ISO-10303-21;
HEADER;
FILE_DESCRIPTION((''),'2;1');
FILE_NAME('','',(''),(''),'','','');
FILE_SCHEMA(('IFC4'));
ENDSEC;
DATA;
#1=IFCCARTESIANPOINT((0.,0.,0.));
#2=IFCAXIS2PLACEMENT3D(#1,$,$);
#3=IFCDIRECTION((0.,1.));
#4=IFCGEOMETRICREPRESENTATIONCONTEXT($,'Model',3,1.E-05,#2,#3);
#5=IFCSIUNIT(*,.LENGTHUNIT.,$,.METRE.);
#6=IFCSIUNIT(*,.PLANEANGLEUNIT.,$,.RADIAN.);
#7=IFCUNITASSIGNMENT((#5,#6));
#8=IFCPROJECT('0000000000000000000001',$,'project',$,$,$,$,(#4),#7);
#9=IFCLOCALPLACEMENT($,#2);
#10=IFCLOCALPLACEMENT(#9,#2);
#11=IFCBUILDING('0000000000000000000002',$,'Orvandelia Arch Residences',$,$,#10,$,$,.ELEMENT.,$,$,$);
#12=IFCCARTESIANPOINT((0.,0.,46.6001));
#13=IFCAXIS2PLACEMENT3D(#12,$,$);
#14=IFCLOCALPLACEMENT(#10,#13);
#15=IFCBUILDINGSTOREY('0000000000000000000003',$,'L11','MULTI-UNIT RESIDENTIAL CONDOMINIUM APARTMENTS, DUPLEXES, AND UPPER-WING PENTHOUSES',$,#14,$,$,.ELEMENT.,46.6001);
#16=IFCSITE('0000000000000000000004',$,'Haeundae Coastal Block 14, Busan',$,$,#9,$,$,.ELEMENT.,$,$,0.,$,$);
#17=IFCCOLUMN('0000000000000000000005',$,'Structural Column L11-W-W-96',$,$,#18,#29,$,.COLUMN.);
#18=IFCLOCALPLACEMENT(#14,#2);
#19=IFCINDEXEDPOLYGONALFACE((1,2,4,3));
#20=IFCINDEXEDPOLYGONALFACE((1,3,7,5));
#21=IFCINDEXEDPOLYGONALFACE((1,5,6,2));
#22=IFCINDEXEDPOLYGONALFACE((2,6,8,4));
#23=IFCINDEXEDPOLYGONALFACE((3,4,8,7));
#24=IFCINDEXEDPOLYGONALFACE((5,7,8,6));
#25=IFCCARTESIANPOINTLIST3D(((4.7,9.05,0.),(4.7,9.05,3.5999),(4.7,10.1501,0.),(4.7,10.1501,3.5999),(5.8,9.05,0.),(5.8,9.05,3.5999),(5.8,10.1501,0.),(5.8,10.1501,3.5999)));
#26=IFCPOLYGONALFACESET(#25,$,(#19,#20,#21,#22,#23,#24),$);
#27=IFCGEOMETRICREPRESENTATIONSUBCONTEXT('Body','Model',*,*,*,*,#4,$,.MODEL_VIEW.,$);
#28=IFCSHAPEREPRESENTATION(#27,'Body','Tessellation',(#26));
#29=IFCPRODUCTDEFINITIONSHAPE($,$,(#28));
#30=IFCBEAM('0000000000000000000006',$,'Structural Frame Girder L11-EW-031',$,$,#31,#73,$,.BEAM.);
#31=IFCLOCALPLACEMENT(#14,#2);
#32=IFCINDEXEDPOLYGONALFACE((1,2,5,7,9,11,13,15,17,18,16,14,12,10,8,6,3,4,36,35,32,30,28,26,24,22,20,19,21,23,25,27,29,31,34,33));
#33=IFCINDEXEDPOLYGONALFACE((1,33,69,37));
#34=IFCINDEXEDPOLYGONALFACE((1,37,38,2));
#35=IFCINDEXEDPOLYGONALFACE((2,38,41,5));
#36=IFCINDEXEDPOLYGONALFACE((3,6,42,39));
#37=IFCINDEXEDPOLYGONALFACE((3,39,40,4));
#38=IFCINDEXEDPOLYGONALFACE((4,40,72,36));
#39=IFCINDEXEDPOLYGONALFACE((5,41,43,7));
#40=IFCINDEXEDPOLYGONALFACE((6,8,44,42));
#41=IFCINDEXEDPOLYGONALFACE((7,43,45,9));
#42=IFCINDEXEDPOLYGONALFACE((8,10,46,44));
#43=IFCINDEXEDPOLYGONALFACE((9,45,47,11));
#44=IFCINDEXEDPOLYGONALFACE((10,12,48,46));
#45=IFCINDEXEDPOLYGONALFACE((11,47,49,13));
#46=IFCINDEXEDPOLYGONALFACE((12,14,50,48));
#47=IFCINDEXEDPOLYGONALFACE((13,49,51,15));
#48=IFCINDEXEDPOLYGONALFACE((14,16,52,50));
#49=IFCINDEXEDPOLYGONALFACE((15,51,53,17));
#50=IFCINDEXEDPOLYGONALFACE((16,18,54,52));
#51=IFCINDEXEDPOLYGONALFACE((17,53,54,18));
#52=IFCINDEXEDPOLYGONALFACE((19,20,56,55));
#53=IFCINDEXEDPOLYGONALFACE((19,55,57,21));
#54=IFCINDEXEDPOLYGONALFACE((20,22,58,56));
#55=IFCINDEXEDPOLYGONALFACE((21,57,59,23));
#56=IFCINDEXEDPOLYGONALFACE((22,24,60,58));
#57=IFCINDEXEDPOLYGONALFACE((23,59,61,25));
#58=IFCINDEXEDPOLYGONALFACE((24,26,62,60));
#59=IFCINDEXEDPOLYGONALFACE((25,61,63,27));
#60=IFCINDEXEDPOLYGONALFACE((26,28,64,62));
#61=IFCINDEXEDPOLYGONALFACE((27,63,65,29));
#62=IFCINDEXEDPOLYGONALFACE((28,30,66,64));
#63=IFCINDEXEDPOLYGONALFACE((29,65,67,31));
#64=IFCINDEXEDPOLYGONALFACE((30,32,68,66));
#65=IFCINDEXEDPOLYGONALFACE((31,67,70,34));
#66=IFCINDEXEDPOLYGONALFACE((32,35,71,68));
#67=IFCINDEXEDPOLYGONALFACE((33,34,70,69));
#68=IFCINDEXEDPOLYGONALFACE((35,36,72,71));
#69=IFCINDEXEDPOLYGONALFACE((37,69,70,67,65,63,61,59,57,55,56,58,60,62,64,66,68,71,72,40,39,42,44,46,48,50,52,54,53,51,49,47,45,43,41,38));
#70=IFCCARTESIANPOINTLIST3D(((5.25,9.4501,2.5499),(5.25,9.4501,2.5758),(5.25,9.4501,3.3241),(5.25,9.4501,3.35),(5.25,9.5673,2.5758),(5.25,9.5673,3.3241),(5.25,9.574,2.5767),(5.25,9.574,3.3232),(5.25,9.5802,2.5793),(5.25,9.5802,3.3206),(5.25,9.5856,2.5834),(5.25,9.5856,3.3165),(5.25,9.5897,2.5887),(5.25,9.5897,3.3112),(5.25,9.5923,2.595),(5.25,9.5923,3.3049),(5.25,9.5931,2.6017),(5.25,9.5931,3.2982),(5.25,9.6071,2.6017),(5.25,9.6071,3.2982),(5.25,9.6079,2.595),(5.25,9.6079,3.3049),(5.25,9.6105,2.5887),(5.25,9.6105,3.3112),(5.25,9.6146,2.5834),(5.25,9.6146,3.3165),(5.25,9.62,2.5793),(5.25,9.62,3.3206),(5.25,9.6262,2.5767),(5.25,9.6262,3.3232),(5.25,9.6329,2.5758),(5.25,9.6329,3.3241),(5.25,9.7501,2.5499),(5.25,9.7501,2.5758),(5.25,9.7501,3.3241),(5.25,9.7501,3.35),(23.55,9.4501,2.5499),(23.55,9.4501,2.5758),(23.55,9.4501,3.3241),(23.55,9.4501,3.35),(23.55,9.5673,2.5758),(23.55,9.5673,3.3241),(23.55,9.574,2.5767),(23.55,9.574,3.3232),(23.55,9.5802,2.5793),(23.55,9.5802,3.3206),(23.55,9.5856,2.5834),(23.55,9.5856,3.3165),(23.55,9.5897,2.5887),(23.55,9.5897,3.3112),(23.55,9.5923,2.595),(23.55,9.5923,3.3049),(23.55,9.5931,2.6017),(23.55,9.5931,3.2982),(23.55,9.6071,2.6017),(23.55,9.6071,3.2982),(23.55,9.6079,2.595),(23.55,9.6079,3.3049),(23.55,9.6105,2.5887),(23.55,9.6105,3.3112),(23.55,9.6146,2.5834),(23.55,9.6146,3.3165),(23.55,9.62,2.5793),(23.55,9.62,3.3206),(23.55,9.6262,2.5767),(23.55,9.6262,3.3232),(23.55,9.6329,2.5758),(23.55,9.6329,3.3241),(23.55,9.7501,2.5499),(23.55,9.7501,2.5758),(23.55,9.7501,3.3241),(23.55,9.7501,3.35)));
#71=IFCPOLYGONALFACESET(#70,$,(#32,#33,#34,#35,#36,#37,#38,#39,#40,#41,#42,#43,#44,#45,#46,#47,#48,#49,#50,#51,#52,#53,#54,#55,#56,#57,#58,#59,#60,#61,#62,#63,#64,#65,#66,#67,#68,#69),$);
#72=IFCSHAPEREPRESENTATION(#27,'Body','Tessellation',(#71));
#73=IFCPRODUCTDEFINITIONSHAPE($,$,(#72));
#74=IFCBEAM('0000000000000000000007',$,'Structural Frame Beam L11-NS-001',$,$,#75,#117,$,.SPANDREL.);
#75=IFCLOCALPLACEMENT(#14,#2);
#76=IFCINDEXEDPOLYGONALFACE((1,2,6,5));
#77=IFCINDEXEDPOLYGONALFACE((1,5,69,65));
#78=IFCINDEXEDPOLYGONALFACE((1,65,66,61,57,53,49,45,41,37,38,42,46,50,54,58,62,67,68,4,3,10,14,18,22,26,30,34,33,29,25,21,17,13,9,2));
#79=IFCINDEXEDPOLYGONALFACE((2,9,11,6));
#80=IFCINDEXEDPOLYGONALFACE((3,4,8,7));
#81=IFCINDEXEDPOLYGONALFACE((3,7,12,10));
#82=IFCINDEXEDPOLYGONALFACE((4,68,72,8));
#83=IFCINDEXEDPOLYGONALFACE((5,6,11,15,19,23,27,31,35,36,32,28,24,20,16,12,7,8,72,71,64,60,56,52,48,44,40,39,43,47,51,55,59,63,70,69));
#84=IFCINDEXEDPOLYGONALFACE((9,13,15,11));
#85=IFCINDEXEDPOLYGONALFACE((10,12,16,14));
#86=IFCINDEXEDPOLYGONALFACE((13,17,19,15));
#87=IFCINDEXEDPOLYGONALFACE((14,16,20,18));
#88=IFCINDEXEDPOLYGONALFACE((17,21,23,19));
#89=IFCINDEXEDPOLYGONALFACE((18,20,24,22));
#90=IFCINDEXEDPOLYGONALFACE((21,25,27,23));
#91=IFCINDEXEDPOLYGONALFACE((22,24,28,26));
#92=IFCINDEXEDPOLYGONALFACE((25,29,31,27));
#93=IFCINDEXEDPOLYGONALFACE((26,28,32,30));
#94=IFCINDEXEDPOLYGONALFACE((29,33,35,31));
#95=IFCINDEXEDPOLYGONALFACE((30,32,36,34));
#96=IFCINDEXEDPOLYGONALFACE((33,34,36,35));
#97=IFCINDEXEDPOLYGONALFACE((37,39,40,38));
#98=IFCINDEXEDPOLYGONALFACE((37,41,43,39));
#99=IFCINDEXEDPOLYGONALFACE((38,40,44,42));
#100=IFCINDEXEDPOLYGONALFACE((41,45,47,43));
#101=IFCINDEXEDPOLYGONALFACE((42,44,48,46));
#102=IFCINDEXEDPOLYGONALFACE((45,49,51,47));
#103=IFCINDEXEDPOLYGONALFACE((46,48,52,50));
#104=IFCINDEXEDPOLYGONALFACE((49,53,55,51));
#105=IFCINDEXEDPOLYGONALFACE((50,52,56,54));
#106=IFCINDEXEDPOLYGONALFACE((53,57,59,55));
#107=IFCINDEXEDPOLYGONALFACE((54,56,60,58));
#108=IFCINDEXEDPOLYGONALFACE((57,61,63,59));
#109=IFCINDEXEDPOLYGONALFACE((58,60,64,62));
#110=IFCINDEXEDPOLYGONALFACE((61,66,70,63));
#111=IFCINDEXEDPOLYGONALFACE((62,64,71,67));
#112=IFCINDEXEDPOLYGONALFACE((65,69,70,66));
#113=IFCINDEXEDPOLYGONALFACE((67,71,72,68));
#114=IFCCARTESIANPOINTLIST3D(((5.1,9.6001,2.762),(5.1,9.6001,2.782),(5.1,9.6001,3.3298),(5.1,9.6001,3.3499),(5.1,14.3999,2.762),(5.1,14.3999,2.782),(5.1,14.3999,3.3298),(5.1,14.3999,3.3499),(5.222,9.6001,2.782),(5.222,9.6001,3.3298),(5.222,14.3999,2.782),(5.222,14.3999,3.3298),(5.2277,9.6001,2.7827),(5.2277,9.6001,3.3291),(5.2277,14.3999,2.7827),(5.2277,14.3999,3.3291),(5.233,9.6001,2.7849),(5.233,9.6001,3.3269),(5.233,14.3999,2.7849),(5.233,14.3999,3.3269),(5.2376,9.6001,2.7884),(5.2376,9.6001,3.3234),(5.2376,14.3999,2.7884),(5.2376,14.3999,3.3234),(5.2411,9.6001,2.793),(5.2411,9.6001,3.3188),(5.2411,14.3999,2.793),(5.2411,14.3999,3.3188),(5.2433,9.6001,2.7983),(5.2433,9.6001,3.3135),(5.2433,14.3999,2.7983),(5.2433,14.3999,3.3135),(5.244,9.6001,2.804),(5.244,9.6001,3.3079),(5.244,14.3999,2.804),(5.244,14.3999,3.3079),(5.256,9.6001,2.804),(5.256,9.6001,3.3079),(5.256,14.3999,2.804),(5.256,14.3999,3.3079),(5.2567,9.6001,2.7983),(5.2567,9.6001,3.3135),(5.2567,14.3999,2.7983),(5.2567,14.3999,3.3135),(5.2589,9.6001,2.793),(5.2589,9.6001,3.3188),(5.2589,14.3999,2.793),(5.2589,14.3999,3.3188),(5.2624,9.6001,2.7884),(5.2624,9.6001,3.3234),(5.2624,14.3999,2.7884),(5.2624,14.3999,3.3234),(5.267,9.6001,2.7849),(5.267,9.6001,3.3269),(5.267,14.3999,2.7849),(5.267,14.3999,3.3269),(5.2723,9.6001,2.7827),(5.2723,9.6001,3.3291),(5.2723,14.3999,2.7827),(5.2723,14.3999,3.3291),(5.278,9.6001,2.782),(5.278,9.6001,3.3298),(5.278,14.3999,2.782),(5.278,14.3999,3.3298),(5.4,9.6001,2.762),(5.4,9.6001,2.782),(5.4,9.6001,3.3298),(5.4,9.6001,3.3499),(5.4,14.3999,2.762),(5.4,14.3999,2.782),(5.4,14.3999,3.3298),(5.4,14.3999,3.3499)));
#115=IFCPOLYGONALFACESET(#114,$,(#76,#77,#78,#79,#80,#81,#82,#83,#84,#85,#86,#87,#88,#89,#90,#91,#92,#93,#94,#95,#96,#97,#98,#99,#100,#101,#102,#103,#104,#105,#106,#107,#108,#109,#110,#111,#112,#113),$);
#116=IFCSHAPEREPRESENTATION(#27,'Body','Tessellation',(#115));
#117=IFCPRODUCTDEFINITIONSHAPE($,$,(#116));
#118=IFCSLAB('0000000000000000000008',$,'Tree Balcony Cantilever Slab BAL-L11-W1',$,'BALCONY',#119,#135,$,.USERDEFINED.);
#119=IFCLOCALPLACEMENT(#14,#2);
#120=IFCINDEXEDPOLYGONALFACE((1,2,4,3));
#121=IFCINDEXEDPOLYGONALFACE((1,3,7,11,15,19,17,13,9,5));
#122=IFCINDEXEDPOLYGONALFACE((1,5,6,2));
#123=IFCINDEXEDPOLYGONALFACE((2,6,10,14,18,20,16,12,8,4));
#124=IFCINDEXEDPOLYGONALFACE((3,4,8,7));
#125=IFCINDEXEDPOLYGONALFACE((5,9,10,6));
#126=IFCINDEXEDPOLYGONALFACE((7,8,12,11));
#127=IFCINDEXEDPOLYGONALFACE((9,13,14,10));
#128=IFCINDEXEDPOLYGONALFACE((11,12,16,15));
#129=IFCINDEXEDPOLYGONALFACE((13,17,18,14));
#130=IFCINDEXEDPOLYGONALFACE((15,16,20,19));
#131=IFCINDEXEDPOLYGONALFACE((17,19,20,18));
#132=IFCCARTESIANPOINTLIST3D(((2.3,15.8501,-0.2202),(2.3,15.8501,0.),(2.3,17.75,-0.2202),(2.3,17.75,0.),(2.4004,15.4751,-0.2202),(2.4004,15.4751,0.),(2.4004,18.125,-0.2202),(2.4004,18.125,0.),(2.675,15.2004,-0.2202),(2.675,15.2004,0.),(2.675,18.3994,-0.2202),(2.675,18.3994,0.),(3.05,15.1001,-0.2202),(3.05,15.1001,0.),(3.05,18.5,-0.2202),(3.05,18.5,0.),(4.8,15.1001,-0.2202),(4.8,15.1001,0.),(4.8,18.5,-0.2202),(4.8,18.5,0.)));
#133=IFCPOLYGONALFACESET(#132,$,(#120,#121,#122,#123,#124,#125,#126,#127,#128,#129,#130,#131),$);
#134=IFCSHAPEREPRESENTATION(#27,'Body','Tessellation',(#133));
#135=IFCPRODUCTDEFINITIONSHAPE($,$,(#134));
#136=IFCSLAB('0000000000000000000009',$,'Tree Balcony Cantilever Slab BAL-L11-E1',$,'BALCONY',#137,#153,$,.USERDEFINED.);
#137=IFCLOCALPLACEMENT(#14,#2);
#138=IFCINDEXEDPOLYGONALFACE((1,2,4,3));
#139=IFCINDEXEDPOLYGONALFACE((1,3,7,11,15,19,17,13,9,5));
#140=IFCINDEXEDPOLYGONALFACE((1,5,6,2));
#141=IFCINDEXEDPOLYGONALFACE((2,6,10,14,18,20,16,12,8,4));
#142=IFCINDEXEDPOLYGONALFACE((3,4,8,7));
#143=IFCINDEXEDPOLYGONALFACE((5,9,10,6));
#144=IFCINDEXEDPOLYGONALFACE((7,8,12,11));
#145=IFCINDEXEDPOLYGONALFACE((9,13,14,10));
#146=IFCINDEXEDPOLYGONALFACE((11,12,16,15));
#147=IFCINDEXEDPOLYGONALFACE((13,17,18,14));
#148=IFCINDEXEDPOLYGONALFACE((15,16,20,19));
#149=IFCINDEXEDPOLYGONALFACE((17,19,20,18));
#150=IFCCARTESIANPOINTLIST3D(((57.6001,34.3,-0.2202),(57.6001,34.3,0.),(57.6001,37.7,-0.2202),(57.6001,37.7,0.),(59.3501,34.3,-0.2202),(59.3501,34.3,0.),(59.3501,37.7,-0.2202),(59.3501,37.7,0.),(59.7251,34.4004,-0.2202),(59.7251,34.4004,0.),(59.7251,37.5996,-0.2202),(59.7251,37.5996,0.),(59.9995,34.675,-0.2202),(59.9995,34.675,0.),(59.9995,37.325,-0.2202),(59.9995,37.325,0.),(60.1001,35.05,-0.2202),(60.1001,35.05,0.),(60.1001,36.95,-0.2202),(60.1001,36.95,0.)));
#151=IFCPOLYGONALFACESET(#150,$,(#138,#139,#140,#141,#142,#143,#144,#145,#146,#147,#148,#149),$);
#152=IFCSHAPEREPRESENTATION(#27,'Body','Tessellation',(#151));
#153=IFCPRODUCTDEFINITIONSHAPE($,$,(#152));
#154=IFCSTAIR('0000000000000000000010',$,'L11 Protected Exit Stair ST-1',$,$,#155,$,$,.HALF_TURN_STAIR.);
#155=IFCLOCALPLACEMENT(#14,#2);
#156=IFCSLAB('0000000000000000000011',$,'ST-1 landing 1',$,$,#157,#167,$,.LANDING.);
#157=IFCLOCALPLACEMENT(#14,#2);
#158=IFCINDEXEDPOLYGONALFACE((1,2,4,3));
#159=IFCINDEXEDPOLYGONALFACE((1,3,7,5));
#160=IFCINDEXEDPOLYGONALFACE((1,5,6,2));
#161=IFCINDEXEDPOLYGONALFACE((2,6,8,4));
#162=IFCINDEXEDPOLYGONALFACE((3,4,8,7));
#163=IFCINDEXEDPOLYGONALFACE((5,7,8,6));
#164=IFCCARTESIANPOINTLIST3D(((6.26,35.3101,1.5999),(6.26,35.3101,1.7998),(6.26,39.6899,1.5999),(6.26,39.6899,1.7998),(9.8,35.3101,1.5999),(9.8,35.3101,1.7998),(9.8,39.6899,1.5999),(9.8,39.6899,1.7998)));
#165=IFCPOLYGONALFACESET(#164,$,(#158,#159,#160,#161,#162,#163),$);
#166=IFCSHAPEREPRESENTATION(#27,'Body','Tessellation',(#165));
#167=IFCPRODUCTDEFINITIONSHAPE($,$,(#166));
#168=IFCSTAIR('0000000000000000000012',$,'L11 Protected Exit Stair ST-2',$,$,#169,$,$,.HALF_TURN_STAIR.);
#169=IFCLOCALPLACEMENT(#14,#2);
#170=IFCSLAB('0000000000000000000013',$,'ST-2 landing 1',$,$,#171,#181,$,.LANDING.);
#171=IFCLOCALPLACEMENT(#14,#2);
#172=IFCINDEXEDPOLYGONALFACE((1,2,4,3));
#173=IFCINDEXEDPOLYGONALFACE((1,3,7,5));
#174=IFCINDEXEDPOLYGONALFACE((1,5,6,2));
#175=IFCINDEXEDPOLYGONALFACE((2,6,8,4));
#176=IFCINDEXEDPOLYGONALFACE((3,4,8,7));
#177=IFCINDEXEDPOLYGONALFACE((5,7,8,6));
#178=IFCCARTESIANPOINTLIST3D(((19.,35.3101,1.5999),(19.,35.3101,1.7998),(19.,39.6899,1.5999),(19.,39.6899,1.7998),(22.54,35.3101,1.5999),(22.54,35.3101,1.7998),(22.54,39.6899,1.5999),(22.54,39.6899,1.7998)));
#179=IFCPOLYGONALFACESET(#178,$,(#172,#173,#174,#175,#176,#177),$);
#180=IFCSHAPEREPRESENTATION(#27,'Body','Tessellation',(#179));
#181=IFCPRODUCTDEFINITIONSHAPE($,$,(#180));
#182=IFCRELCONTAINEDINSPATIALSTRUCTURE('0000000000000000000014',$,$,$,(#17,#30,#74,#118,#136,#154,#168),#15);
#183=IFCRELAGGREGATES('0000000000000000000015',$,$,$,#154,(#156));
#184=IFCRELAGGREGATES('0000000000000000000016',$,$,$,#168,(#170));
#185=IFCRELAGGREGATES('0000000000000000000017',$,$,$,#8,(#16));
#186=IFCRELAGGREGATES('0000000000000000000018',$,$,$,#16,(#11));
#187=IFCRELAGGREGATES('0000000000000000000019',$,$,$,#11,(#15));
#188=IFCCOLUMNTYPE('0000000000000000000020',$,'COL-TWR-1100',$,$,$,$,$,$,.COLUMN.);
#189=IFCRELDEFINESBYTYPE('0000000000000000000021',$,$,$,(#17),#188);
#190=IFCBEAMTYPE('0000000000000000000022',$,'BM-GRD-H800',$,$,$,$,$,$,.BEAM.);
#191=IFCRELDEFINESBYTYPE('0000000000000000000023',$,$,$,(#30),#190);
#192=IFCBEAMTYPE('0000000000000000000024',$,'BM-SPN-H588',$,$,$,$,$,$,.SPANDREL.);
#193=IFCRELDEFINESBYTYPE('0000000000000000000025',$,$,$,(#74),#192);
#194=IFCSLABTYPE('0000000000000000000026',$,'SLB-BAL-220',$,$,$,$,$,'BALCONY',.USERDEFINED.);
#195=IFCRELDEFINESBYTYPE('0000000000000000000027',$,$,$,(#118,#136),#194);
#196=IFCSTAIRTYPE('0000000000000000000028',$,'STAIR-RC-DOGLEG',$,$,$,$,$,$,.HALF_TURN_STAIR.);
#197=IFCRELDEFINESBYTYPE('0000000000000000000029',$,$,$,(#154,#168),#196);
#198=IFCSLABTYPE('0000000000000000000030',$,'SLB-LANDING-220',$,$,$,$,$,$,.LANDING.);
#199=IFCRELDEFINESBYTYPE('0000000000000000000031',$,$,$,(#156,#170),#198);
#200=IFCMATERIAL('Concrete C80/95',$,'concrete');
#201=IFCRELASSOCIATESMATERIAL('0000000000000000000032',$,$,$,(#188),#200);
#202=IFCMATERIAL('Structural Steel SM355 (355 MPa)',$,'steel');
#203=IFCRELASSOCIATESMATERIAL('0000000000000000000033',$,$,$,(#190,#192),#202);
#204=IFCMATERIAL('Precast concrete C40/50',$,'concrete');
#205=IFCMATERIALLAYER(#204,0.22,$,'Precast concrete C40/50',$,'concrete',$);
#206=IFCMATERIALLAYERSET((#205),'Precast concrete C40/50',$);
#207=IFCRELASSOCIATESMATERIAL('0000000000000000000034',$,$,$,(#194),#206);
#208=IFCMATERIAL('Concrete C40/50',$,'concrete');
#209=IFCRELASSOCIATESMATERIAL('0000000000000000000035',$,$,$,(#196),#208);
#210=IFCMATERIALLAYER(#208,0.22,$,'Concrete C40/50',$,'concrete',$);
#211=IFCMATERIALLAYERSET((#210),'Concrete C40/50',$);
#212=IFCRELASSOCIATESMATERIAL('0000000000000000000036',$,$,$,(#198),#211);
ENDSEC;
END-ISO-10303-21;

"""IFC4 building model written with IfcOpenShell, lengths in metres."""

from ifc_helpers import new_model, si_unit, direction, frame, origin, origin_2d, place, context, subcontext, project, spatial, polyline, rectangle, i_section, outline, extrude, material, layer, layer_set, material_profile, profile_set, type_object, element, aggregate, save


model = new_model("IFC4")

# Units and contexts
model_context = context("Model", 3, precision=1e-05, world=origin(), true_north=direction((0.0, 1.0)))
body_context = subcontext(model_context, "Body", "Model", "MODEL_VIEW")
ifc_project = project(units=[si_unit("LENGTHUNIT", "METRE"), si_unit("PLANEANGLEUNIT", "RADIAN")], contexts=[model_context])

# Site, building, storey
site_placement = place(None, origin())
site = spatial("IfcSite", under=ifc_project, at=site_placement, Name="Haeundae Coastal Block 14, Busan", CompositionType="ELEMENT", RefElevation=0.0)
building_placement = place(site_placement, origin())
building = spatial("IfcBuilding", under=site, at=building_placement, Name="Orvandelia Arch Residences", CompositionType="ELEMENT")
storey_placement = place(building_placement, frame((0.0, 0.0, 46.6001)))
storey = spatial("IfcBuildingStorey", under=building, at=storey_placement, Name="L11", Description="MULTI-UNIT RESIDENTIAL CONDOMINIUM APARTMENTS, DUPLEXES, AND UPPER-WING PENTHOUSES", CompositionType="ELEMENT", Elevation=46.6001)

# Column
ifc_material_1 = material(Name="Concrete C80/95", Category="concrete")
ifc_material_profile_1 = material_profile(ifc_material_1, rectangle(XDim=1.1001, YDim=1.1001, at=origin_2d()), Name="Concrete C80/95", Category="concrete")
ifc_profile_set_1 = profile_set([ifc_material_profile_1], Name="Concrete C80/95")
column_type = type_object("IfcColumnType", Name="COL-TWR-1100", PredefinedType="COLUMN", material=ifc_profile_set_1)
column_placement = place(storey_placement, frame((5.25, 9.6001, 0.0), z_axis=(0.0, 0.0, 1.0), x_axis=(1.0, 0.0, 0.0)))
element("IfcColumn", 1, at=column_placement, inside=storey, type_object=column_type, Name="Structural Column L11-W-W-96", PredefinedType="COLUMN", context=body_context, shape_type="SweptSolid", body=[
    extrude(rectangle(XDim=1.1001, YDim=1.1001, at=origin_2d()), origin(), (0.0, 0.0, 1.0), 3.5999),
])

# Beams
ifc_material_2 = material(Name="Structural Steel SM355 (355 MPa)", Category="steel")
ifc_material_profile_2 = material_profile(ifc_material_2, i_section(OverallWidth=0.3, OverallDepth=0.8, WebThickness=0.0139, FlangeThickness=0.0259, FilletRadius=0.0259, at=origin_2d()), Name="Structural Steel SM355 (355 MPa)", Category="steel")
ifc_profile_set_2 = profile_set([ifc_material_profile_2], Name="Structural Steel SM355 (355 MPa)")
beam_type_1 = type_object("IfcBeamType", Name="BM-GRD-H800", PredefinedType="BEAM", material=ifc_profile_set_2)
beam_1_placement = place(storey_placement, frame((5.25, 9.6001, 2.95), z_axis=(1.0, 0.0, 0.0), x_axis=(0.0, 1.0, 0.0)))
element("IfcBeam", 2, at=beam_1_placement, inside=storey, type_object=beam_type_1, Name="Structural Frame Girder L11-EW-031", PredefinedType="BEAM", context=body_context, shape_type="SweptSolid", body=[
    extrude(i_section(OverallWidth=0.3, OverallDepth=0.8, WebThickness=0.0139, FlangeThickness=0.0259, FilletRadius=0.0259, at=origin_2d()), origin(), (0.0, 0.0, 1.0), 18.3),
])
ifc_material_profile_3 = material_profile(ifc_material_2, i_section(OverallWidth=0.3, OverallDepth=0.5879, WebThickness=0.012, FlangeThickness=0.02, FilletRadius=0.022, at=origin_2d()), Name="Structural Steel SM355 (355 MPa)", Category="steel")
ifc_profile_set_3 = profile_set([ifc_material_profile_3], Name="Structural Steel SM355 (355 MPa)")
beam_type_2 = type_object("IfcBeamType", Name="BM-SPN-H588", PredefinedType="SPANDREL", material=ifc_profile_set_3)
beam_2_placement = place(storey_placement, frame((5.25, 9.6001, 3.0559), z_axis=(0.0, 1.0, 0.0), x_axis=(-1.0, 0.0, 0.0)))
element("IfcBeam", 3, at=beam_2_placement, inside=storey, type_object=beam_type_2, Name="Structural Frame Beam L11-NS-001", PredefinedType="SPANDREL", context=body_context, shape_type="SweptSolid", body=[
    extrude(i_section(OverallWidth=0.3, OverallDepth=0.5879, WebThickness=0.012, FlangeThickness=0.02, FilletRadius=0.022, at=origin_2d()), origin(), (0.0, 0.0, 1.0), 4.7998),
])

# Slabs
ifc_material_3 = material(Name="Precast concrete C40/50", Category="concrete")
ifc_layer_1 = layer(ifc_material_3, 0.22, Name="Precast concrete C40/50", Category="concrete")
ifc_layer_set_1 = layer_set([ifc_layer_1], Name="Precast concrete C40/50")
slab_type_1 = type_object("IfcSlabType", Name="SLB-BAL-220", ElementType="BALCONY", PredefinedType="USERDEFINED", material=ifc_layer_set_1)
slab_1_placement = place(storey_placement, frame((0.0, 0.0, -0.2202)))
element("IfcSlab", 4, at=slab_1_placement, inside=storey, type_object=slab_type_1, Name="Tree Balcony Cantilever Slab BAL-L11-W1", ObjectType="BALCONY", PredefinedType="USERDEFINED", context=body_context, shape_type="SweptSolid", body=[
    extrude(outline(polyline([(4.8, 15.1001), (4.8, 18.5), (3.05, 18.5), (2.675, 18.3994), (2.4004, 18.125), (2.3, 17.75), (2.3, 15.8501), (2.4004, 15.4751), (2.675, 15.2004), (3.05, 15.1001), (4.8, 15.1001)])), origin(), (0.0, 0.0, 1.0), 0.2202),
])
slab_2_placement = place(storey_placement, frame((0.0, 0.0, -0.2202)))
element("IfcSlab", 5, at=slab_2_placement, inside=storey, type_object=slab_type_1, Name="Tree Balcony Cantilever Slab BAL-L11-E1", ObjectType="BALCONY", PredefinedType="USERDEFINED", context=body_context, shape_type="SweptSolid", body=[
    extrude(outline(polyline([(57.6001, 37.7), (57.6001, 34.3), (59.3501, 34.3), (59.7251, 34.4004), (59.9995, 34.675), (60.1001, 35.05), (60.1001, 36.95), (59.9995, 37.325), (59.7251, 37.5996), (59.3501, 37.7), (57.6001, 37.7)])), origin(), (0.0, 0.0, 1.0), 0.2202),
])

# Stairs, slabs
ifc_material_4 = material(Name="Concrete C40/50", Category="concrete")
stair_type = type_object("IfcStairType", Name="STAIR-RC-DOGLEG", PredefinedType="HALF_TURN_STAIR", material=ifc_material_4)
stair_1_placement = place(storey_placement, origin())
stair_1 = element("IfcStair", 6, at=stair_1_placement, inside=storey, type_object=stair_type, Name="L11 Protected Exit Stair ST-1", PredefinedType="HALF_TURN_STAIR")
ifc_layer_2 = layer(ifc_material_4, 0.22, Name="Concrete C40/50", Category="concrete")
ifc_layer_set_2 = layer_set([ifc_layer_2], Name="Concrete C40/50")
slab_type_2 = type_object("IfcSlabType", Name="SLB-LANDING-220", PredefinedType="LANDING", material=ifc_layer_set_2)
slab_3_placement = place(storey_placement, frame((0.0, 0.0, 1.5999)))
slab_3 = element("IfcSlab", 7, at=slab_3_placement, type_object=slab_type_2, Name="ST-1 landing 1", PredefinedType="LANDING", context=body_context, shape_type="SweptSolid", body=[
    extrude(outline(polyline([(9.8, 35.3101), (9.8, 39.6899), (6.26, 39.6899), (6.26, 35.3101), (9.8, 35.3101)])), origin(), (0.0, 0.0, 1.0), 0.2),
])
aggregate(stair_1, [slab_3])
stair_2_placement = place(storey_placement, origin())
stair_2 = element("IfcStair", 8, at=stair_2_placement, inside=storey, type_object=stair_type, Name="L11 Protected Exit Stair ST-2", PredefinedType="HALF_TURN_STAIR")
slab_4_placement = place(storey_placement, frame((0.0, 0.0, 1.5999)))
slab_4 = element("IfcSlab", 9, at=slab_4_placement, type_object=slab_type_2, Name="ST-2 landing 1", PredefinedType="LANDING", context=body_context, shape_type="SweptSolid", body=[
    extrude(outline(polyline([(22.54, 35.3101), (22.54, 39.6899), (19.0, 39.6899), (19.0, 35.3101), (22.54, 35.3101)])), origin(), (0.0, 0.0, 1.0), 0.2),
])
aggregate(stair_2, [slab_4])

save(model, "model.ifc")
